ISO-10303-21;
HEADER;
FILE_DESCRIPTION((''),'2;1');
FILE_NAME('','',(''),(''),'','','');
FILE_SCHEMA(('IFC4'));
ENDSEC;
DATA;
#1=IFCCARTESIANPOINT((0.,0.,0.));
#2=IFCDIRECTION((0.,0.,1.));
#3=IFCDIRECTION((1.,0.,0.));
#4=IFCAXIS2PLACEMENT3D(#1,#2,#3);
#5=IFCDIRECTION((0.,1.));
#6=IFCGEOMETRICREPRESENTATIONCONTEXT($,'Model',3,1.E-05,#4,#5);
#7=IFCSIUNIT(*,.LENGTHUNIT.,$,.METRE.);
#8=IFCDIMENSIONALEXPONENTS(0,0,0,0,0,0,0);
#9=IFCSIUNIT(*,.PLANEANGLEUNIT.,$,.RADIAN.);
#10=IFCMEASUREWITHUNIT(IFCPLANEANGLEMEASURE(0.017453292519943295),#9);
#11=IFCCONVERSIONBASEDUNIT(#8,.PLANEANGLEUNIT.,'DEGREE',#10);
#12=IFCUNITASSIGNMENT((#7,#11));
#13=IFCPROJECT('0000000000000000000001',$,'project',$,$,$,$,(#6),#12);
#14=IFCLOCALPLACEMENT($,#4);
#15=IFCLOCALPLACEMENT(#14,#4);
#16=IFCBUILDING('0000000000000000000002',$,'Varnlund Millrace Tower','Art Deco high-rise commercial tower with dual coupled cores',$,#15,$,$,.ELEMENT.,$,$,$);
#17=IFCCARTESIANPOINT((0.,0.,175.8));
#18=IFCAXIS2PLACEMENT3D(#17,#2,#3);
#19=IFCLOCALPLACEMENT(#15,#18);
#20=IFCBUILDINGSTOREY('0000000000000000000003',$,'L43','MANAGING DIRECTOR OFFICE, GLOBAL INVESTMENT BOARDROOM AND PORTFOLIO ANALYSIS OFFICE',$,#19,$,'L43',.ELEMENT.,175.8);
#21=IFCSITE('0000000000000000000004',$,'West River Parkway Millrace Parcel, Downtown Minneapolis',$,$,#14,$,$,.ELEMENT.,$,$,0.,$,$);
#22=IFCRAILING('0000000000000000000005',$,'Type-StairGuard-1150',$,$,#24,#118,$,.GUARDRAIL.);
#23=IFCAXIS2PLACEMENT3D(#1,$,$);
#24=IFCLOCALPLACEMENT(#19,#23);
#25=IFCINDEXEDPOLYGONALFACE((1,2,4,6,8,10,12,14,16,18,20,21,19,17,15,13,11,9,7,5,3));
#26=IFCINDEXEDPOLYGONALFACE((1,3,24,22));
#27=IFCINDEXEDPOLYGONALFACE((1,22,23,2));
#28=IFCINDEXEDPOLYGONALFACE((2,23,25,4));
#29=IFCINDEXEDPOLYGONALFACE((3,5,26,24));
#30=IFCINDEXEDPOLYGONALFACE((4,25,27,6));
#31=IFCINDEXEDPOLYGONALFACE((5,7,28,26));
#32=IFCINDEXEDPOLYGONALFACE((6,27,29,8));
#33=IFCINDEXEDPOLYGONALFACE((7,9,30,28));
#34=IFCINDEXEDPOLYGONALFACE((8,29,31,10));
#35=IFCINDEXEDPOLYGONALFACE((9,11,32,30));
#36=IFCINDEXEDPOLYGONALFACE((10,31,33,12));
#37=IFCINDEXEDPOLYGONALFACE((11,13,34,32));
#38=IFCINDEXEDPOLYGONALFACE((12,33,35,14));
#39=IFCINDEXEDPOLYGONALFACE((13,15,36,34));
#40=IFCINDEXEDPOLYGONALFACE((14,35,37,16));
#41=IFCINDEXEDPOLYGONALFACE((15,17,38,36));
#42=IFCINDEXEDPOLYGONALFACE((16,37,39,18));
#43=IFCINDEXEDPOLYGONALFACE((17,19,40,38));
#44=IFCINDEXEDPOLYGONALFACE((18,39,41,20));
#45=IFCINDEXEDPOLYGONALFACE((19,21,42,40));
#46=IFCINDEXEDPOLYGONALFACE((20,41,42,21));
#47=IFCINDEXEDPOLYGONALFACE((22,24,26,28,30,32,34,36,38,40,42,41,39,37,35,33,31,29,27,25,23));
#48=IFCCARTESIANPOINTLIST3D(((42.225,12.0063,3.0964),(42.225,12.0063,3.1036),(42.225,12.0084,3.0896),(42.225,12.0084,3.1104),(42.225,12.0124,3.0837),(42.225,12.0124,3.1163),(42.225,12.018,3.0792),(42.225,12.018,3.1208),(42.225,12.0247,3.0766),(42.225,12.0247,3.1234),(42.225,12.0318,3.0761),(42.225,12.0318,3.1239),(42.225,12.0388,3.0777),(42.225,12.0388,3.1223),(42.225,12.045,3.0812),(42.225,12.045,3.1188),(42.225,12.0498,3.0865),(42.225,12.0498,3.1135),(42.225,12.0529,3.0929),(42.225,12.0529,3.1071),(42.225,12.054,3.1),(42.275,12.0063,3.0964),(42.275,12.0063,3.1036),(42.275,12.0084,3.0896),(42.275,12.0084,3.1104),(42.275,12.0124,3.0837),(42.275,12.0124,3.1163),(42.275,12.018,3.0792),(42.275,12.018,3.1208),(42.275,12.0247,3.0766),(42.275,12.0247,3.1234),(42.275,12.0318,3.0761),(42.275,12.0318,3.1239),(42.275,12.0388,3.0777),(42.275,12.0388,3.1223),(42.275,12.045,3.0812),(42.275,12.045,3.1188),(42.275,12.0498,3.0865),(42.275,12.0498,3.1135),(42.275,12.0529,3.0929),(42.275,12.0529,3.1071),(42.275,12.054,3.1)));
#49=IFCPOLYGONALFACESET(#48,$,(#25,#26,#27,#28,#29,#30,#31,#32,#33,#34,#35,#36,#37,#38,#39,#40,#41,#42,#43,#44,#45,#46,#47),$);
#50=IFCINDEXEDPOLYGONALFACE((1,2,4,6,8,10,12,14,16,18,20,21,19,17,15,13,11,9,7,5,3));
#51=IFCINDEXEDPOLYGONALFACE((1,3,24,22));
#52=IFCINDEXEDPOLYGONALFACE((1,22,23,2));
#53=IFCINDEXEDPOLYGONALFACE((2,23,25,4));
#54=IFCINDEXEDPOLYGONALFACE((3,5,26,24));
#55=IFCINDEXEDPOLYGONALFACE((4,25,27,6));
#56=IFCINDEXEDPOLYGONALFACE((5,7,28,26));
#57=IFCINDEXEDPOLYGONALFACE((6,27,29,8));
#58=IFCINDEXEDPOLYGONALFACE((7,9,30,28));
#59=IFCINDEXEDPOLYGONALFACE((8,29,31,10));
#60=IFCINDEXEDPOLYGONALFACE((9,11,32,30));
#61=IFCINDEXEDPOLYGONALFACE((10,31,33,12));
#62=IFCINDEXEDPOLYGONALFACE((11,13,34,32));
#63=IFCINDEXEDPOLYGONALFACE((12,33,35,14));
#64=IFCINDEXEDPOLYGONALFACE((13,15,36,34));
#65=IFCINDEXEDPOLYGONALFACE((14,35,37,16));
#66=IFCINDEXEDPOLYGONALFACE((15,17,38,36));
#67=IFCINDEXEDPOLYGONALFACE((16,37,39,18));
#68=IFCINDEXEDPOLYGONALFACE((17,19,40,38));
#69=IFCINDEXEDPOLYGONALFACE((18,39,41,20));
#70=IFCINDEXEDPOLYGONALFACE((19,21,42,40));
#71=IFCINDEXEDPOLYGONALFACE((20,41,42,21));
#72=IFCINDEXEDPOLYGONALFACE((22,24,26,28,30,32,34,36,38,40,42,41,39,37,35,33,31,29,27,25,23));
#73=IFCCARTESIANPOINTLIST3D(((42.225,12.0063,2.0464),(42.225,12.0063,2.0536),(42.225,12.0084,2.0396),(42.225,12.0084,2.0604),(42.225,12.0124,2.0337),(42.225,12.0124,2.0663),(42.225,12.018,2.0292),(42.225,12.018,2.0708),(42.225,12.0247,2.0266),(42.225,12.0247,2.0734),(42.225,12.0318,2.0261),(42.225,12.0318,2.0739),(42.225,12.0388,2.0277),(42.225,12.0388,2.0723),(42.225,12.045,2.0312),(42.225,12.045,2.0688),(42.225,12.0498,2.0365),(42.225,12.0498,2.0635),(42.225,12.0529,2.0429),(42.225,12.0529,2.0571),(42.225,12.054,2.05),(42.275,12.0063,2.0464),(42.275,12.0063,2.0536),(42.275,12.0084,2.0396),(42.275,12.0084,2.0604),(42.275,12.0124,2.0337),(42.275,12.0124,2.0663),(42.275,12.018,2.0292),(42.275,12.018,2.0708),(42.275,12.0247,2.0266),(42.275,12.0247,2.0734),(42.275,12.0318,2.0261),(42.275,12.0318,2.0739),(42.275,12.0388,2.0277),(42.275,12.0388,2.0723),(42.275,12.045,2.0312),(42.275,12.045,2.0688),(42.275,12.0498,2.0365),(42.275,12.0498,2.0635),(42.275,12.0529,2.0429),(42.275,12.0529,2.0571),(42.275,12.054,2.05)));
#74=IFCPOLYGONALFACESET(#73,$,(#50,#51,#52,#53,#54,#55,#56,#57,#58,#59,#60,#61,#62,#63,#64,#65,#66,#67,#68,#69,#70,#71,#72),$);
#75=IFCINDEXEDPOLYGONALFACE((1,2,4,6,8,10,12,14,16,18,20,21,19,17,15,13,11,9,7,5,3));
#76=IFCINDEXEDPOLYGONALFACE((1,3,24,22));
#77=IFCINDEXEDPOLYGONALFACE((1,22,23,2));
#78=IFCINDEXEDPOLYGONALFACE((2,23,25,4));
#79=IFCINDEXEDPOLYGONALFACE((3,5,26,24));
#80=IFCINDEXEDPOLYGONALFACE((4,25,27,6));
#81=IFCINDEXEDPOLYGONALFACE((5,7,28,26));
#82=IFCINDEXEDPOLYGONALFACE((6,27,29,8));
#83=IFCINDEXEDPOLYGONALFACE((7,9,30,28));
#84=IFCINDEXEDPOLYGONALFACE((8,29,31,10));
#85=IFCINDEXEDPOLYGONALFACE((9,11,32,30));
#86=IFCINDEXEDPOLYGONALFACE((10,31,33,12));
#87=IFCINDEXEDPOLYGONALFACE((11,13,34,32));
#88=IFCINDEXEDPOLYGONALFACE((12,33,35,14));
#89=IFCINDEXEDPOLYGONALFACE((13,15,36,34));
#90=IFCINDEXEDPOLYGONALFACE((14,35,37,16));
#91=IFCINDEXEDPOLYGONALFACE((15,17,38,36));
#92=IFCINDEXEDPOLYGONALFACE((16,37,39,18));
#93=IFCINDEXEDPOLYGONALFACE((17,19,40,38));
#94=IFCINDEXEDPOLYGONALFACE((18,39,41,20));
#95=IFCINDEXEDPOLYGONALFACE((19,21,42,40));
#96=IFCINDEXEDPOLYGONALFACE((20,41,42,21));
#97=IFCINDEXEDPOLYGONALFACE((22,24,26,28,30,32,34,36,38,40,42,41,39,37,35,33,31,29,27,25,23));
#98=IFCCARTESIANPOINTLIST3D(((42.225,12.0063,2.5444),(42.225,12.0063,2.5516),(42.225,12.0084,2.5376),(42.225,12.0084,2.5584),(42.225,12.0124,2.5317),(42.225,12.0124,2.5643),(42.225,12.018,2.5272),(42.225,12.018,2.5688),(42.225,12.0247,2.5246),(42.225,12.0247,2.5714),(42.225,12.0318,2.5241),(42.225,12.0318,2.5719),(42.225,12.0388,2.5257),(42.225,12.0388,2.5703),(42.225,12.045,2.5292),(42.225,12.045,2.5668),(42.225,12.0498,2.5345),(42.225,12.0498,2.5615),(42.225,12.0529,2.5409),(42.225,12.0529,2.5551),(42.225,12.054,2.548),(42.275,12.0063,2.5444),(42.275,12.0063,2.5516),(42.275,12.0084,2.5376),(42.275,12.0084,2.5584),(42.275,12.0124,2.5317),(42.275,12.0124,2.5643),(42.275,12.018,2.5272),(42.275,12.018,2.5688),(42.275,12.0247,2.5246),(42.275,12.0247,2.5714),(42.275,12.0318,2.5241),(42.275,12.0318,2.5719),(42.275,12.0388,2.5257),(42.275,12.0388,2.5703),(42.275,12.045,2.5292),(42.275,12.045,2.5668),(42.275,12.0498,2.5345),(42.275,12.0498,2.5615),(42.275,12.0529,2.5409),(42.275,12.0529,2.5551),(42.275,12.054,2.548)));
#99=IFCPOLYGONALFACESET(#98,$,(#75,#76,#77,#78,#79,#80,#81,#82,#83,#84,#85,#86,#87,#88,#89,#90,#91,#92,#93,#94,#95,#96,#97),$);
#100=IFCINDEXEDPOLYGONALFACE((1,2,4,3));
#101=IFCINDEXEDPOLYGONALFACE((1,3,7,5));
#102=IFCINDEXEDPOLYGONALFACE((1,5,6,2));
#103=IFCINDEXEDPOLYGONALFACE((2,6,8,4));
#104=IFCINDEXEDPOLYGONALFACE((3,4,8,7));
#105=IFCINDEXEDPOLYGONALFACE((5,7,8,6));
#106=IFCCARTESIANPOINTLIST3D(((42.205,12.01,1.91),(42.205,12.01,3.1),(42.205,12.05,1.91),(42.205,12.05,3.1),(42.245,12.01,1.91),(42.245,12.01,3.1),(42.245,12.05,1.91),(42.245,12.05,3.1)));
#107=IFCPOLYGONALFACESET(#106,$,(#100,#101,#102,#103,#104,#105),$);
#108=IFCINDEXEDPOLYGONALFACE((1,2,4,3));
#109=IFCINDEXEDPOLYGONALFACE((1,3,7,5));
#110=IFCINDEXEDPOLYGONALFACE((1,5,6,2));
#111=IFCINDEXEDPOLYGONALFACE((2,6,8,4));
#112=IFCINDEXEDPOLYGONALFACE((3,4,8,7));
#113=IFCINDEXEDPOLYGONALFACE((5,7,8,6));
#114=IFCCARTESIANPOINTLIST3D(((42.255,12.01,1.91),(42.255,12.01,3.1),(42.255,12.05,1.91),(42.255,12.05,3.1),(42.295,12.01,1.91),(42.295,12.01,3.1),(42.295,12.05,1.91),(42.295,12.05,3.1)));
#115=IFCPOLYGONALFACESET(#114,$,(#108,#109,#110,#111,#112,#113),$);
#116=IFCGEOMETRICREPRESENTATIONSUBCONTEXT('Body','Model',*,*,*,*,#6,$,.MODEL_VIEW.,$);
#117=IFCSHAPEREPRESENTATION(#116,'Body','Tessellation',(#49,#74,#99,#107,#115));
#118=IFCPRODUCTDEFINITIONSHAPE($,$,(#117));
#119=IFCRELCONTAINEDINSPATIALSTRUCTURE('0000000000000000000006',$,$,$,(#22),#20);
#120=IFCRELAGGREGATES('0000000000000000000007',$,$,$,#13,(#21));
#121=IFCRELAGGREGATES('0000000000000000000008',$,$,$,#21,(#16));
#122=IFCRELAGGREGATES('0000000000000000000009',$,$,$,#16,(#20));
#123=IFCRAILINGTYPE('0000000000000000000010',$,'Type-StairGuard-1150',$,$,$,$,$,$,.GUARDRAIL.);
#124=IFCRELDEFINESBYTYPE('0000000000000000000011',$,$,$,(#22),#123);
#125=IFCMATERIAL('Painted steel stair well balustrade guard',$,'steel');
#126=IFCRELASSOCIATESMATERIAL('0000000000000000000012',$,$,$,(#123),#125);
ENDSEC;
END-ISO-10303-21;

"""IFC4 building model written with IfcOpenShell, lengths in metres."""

from ifc_helpers import new_model, entity, si_unit, converted_unit, direction, frame, origin_with_axes, origin_2d_with_axis, place, context, subcontext, project, spatial, rectangle, circle, extrude, material, type_object, element, save


model = new_model("IFC4")

# Units and contexts
model_context = context("Model", 3, precision=1e-05, world=origin_with_axes(), true_north=direction((0.0, 1.0)))
body_context = subcontext(model_context, "Body", "Model", "MODEL_VIEW")
ifc_project = project(units=[si_unit("LENGTHUNIT", "METRE"), converted_unit("PLANEANGLEUNIT", "DEGREE", entity("IfcPlaneAngleMeasure", 0.017453292519943295), si_unit("PLANEANGLEUNIT", "RADIAN"), dimensions=[0, 0, 0, 0, 0, 0, 0])], contexts=[model_context])

# Site, building, storey
site_placement = place(None, origin_with_axes())
site = spatial("IfcSite", under=ifc_project, at=site_placement, Name="West River Parkway Millrace Parcel, Downtown Minneapolis", CompositionType="ELEMENT", RefElevation=0.0)
building_placement = place(site_placement, origin_with_axes())
building = spatial("IfcBuilding", under=site, at=building_placement, Name="Varnlund Millrace Tower", Description="Art Deco high-rise commercial tower with dual coupled cores", CompositionType="ELEMENT")
storey_placement = place(building_placement, frame((0.0, 0.0, 175.8), z_axis=(0.0, 0.0, 1.0), x_axis=(1.0, 0.0, 0.0)))
storey = spatial("IfcBuildingStorey", under=building, at=storey_placement, Name="L43", Description="MANAGING DIRECTOR OFFICE, GLOBAL INVESTMENT BOARDROOM AND PORTFOLIO ANALYSIS OFFICE", LongName="L43", CompositionType="ELEMENT", Elevation=175.8)

# Railing
ifc_material_1 = material(Name="Painted steel stair well balustrade guard", Category="steel")
railing_type_1 = type_object("IfcRailingType", Name="Type-StairGuard-1150", PredefinedType="GUARDRAIL", material=ifc_material_1)
railing_1_placement = place(storey_placement, frame((0.0, 0.0, -175.8), z_axis=(0.0, 0.0, 1.0), x_axis=(1.0, 0.0, 0.0)))
element("IfcRailing", 1, at=railing_1_placement, inside=storey, type_object=railing_type_1, Name="Type-StairGuard-1150", PredefinedType="GUARDRAIL", context=body_context, shape_type="SweptSolid", body=[
    extrude(circle(Radius=0.024, at=origin_2d_with_axis()), frame((42.225, 12.03, 178.9), z_axis=(1.0, 0.0, 0.0), x_axis=(0.0, 1.0, 0.0)), (0.0, 0.0, 1.0), 0.05),
    extrude(circle(Radius=0.024, at=origin_2d_with_axis()), frame((42.225, 12.03, 177.85), z_axis=(1.0, 0.0, 0.0), x_axis=(0.0, 1.0, 0.0)), (0.0, 0.0, 1.0), 0.05),
    extrude(circle(Radius=0.024, at=origin_2d_with_axis()), frame((42.225, 12.03, 178.348), z_axis=(1.0, 0.0, 0.0), x_axis=(0.0, 1.0, 0.0)), (0.0, 0.0, 1.0), 0.05),
    extrude(rectangle(XDim=0.04, YDim=0.04, at=origin_2d_with_axis()), frame((42.225, 12.03, 177.71), z_axis=(0.0, 0.0, 1.0), x_axis=(1.0, 0.0, 0.0)), (0.0, 0.0, 1.0), 1.19),
    extrude(rectangle(XDim=0.04, YDim=0.04, at=origin_2d_with_axis()), frame((42.275, 12.03, 177.71), z_axis=(0.0, 0.0, 1.0), x_axis=(1.0, 0.0, 0.0)), (0.0, 0.0, 1.0), 1.19),
])

save(model, "model.ifc")
